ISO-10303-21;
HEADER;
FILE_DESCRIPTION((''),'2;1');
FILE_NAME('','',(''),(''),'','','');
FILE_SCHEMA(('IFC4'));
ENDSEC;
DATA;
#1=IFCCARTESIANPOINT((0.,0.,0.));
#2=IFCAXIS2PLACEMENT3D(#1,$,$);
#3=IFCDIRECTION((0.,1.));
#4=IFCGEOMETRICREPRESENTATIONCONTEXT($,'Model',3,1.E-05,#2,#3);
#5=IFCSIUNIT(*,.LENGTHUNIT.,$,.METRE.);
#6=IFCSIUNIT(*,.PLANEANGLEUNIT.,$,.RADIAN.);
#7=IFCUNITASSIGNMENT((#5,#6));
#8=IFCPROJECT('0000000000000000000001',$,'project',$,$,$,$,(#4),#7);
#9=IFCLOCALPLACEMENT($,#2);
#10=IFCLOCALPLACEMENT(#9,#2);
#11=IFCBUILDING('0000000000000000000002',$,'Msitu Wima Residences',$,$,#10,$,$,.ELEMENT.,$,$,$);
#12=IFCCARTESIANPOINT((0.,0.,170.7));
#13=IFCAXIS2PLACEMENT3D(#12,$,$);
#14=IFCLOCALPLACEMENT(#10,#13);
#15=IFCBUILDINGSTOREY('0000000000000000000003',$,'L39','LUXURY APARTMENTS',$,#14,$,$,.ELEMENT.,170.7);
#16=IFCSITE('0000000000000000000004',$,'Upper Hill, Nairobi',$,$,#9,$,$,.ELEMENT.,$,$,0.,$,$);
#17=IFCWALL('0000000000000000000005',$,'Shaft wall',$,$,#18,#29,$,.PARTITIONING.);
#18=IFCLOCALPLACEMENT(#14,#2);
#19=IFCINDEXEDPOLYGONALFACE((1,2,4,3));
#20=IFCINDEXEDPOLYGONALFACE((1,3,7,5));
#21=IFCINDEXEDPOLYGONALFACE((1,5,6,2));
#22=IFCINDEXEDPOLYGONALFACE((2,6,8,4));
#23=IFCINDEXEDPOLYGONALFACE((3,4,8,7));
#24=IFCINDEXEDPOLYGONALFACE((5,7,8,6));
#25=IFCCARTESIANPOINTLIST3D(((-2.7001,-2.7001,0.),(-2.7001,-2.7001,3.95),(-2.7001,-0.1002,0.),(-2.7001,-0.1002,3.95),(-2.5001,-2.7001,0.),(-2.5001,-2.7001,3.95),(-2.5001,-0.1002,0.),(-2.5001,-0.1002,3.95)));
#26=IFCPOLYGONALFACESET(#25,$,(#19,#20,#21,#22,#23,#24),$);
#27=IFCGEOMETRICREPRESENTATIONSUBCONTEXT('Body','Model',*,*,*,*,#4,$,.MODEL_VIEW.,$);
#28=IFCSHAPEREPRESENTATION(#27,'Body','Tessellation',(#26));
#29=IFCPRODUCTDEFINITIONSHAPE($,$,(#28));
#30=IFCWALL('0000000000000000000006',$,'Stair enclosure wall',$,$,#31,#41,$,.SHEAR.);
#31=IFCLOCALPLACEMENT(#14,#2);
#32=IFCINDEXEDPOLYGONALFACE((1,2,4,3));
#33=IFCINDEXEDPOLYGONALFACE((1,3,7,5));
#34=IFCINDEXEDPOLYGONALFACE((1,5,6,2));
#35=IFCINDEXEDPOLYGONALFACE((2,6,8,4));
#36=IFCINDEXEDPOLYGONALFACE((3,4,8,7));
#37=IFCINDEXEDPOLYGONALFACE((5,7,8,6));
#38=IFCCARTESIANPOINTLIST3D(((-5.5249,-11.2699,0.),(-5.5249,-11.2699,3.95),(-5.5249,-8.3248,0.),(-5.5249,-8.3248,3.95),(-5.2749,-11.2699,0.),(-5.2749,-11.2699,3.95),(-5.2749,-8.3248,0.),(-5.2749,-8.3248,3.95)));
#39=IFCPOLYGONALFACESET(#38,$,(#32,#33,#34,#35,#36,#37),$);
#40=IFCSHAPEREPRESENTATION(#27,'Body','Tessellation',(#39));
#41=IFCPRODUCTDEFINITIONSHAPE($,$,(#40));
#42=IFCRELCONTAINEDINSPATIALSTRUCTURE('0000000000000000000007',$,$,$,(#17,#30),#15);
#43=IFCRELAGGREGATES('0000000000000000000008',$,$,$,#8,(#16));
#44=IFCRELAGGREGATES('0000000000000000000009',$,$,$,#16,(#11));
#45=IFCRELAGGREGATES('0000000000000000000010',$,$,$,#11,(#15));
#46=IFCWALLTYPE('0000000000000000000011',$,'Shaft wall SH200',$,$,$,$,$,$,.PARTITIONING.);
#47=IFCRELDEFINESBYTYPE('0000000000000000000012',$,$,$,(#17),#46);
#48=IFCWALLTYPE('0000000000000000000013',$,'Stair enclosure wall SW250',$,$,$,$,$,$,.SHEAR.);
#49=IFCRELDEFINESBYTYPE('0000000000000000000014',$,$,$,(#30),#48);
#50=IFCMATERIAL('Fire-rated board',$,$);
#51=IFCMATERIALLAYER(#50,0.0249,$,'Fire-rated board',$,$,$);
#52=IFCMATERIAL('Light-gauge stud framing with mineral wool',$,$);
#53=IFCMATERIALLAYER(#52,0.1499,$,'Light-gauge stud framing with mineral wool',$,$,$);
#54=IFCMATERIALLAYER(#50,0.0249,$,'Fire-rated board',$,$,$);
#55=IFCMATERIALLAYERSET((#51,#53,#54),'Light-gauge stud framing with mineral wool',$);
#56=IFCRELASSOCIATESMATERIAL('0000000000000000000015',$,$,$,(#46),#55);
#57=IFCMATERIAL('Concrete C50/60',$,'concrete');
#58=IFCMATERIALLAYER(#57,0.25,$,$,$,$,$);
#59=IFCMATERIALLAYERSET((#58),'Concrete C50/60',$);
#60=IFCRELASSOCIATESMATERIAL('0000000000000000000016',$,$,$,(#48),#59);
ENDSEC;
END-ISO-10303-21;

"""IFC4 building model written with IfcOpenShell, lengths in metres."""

from ifc_helpers import new_model, si_unit, direction, frame, frame_2d, origin, place, context, subcontext, project, spatial, rectangle, extrude, material, layer, layer_set, type_object, element, save


model = new_model("IFC4")

# Units and contexts
model_context = context("Model", 3, precision=1e-05, world=origin(), true_north=direction((0.0, 1.0)))
body_context = subcontext(model_context, "Body", "Model", "MODEL_VIEW")
ifc_project = project(units=[si_unit("LENGTHUNIT", "METRE"), si_unit("PLANEANGLEUNIT", "RADIAN")], contexts=[model_context])

# Site, building, storey
site_placement = place(None, origin())
site = spatial("IfcSite", under=ifc_project, at=site_placement, Name="Upper Hill, Nairobi", CompositionType="ELEMENT", RefElevation=0.0)
building_placement = place(site_placement, origin())
building = spatial("IfcBuilding", under=site, at=building_placement, Name="Msitu Wima Residences", CompositionType="ELEMENT")
storey_placement = place(building_placement, frame((0.0, 0.0, 170.7)))
storey = spatial("IfcBuildingStorey", under=building, at=storey_placement, Name="L39", Description="LUXURY APARTMENTS", CompositionType="ELEMENT", Elevation=170.7)

# Walls
ifc_material_1 = material(Name="Fire-rated board")
ifc_layer_1 = layer(ifc_material_1, 0.0249, Name="Fire-rated board")
ifc_material_2 = material(Name="Light-gauge stud framing with mineral wool")
ifc_layer_2 = layer(ifc_material_2, 0.1499, Name="Light-gauge stud framing with mineral wool")
ifc_layer_3 = layer(ifc_material_1, 0.0249, Name="Fire-rated board")
ifc_layer_set_1 = layer_set([ifc_layer_1, ifc_layer_2, ifc_layer_3], Name="Light-gauge stud framing with mineral wool")
wall_type_1 = type_object("IfcWallType", Name="Shaft wall SH200", PredefinedType="PARTITIONING", material=ifc_layer_set_1)
for number, where, z_axis, x_axis, name in (
    (1, (-2.6001, -2.7, 0.0), (0.0, 0.0, 1.0), (0.0, 1.0, 0.0), "Shaft wall"),
):
    element("IfcWall", number, at=place(storey_placement, frame(where, z_axis=z_axis, x_axis=x_axis)), inside=storey, type_object=wall_type_1, Name=name, PredefinedType="PARTITIONING", context=body_context, shape_type="SweptSolid", body=[
        extrude(rectangle(XDim=2.5999, YDim=0.2, at=frame_2d((1.2998, 0.0))), origin(), (0.0, 0.0, 1.0), 3.95),
    ])
ifc_material_3 = material(Name="Concrete C50/60", Category="concrete")
ifc_layer_4 = layer(ifc_material_3, 0.25)
ifc_layer_set_2 = layer_set([ifc_layer_4], Name="Concrete C50/60")
wall_type_2 = type_object("IfcWallType", Name="Stair enclosure wall SW250", PredefinedType="SHEAR", material=ifc_layer_set_2)
wall_1_placement = place(storey_placement, frame((-5.3999, -11.27, 0.0), z_axis=(0.0, 0.0, 1.0), x_axis=(0.0, 1.0, 0.0)))
element("IfcWall", 2, at=wall_1_placement, inside=storey, type_object=wall_type_2, Name="Stair enclosure wall", PredefinedType="SHEAR", context=body_context, shape_type="SweptSolid", body=[
    extrude(rectangle(XDim=2.9451, YDim=0.25, at=frame_2d((1.4727, 0.0))), origin(), (0.0, 0.0, 1.0), 3.95),
])

save(model, "model.ifc")
